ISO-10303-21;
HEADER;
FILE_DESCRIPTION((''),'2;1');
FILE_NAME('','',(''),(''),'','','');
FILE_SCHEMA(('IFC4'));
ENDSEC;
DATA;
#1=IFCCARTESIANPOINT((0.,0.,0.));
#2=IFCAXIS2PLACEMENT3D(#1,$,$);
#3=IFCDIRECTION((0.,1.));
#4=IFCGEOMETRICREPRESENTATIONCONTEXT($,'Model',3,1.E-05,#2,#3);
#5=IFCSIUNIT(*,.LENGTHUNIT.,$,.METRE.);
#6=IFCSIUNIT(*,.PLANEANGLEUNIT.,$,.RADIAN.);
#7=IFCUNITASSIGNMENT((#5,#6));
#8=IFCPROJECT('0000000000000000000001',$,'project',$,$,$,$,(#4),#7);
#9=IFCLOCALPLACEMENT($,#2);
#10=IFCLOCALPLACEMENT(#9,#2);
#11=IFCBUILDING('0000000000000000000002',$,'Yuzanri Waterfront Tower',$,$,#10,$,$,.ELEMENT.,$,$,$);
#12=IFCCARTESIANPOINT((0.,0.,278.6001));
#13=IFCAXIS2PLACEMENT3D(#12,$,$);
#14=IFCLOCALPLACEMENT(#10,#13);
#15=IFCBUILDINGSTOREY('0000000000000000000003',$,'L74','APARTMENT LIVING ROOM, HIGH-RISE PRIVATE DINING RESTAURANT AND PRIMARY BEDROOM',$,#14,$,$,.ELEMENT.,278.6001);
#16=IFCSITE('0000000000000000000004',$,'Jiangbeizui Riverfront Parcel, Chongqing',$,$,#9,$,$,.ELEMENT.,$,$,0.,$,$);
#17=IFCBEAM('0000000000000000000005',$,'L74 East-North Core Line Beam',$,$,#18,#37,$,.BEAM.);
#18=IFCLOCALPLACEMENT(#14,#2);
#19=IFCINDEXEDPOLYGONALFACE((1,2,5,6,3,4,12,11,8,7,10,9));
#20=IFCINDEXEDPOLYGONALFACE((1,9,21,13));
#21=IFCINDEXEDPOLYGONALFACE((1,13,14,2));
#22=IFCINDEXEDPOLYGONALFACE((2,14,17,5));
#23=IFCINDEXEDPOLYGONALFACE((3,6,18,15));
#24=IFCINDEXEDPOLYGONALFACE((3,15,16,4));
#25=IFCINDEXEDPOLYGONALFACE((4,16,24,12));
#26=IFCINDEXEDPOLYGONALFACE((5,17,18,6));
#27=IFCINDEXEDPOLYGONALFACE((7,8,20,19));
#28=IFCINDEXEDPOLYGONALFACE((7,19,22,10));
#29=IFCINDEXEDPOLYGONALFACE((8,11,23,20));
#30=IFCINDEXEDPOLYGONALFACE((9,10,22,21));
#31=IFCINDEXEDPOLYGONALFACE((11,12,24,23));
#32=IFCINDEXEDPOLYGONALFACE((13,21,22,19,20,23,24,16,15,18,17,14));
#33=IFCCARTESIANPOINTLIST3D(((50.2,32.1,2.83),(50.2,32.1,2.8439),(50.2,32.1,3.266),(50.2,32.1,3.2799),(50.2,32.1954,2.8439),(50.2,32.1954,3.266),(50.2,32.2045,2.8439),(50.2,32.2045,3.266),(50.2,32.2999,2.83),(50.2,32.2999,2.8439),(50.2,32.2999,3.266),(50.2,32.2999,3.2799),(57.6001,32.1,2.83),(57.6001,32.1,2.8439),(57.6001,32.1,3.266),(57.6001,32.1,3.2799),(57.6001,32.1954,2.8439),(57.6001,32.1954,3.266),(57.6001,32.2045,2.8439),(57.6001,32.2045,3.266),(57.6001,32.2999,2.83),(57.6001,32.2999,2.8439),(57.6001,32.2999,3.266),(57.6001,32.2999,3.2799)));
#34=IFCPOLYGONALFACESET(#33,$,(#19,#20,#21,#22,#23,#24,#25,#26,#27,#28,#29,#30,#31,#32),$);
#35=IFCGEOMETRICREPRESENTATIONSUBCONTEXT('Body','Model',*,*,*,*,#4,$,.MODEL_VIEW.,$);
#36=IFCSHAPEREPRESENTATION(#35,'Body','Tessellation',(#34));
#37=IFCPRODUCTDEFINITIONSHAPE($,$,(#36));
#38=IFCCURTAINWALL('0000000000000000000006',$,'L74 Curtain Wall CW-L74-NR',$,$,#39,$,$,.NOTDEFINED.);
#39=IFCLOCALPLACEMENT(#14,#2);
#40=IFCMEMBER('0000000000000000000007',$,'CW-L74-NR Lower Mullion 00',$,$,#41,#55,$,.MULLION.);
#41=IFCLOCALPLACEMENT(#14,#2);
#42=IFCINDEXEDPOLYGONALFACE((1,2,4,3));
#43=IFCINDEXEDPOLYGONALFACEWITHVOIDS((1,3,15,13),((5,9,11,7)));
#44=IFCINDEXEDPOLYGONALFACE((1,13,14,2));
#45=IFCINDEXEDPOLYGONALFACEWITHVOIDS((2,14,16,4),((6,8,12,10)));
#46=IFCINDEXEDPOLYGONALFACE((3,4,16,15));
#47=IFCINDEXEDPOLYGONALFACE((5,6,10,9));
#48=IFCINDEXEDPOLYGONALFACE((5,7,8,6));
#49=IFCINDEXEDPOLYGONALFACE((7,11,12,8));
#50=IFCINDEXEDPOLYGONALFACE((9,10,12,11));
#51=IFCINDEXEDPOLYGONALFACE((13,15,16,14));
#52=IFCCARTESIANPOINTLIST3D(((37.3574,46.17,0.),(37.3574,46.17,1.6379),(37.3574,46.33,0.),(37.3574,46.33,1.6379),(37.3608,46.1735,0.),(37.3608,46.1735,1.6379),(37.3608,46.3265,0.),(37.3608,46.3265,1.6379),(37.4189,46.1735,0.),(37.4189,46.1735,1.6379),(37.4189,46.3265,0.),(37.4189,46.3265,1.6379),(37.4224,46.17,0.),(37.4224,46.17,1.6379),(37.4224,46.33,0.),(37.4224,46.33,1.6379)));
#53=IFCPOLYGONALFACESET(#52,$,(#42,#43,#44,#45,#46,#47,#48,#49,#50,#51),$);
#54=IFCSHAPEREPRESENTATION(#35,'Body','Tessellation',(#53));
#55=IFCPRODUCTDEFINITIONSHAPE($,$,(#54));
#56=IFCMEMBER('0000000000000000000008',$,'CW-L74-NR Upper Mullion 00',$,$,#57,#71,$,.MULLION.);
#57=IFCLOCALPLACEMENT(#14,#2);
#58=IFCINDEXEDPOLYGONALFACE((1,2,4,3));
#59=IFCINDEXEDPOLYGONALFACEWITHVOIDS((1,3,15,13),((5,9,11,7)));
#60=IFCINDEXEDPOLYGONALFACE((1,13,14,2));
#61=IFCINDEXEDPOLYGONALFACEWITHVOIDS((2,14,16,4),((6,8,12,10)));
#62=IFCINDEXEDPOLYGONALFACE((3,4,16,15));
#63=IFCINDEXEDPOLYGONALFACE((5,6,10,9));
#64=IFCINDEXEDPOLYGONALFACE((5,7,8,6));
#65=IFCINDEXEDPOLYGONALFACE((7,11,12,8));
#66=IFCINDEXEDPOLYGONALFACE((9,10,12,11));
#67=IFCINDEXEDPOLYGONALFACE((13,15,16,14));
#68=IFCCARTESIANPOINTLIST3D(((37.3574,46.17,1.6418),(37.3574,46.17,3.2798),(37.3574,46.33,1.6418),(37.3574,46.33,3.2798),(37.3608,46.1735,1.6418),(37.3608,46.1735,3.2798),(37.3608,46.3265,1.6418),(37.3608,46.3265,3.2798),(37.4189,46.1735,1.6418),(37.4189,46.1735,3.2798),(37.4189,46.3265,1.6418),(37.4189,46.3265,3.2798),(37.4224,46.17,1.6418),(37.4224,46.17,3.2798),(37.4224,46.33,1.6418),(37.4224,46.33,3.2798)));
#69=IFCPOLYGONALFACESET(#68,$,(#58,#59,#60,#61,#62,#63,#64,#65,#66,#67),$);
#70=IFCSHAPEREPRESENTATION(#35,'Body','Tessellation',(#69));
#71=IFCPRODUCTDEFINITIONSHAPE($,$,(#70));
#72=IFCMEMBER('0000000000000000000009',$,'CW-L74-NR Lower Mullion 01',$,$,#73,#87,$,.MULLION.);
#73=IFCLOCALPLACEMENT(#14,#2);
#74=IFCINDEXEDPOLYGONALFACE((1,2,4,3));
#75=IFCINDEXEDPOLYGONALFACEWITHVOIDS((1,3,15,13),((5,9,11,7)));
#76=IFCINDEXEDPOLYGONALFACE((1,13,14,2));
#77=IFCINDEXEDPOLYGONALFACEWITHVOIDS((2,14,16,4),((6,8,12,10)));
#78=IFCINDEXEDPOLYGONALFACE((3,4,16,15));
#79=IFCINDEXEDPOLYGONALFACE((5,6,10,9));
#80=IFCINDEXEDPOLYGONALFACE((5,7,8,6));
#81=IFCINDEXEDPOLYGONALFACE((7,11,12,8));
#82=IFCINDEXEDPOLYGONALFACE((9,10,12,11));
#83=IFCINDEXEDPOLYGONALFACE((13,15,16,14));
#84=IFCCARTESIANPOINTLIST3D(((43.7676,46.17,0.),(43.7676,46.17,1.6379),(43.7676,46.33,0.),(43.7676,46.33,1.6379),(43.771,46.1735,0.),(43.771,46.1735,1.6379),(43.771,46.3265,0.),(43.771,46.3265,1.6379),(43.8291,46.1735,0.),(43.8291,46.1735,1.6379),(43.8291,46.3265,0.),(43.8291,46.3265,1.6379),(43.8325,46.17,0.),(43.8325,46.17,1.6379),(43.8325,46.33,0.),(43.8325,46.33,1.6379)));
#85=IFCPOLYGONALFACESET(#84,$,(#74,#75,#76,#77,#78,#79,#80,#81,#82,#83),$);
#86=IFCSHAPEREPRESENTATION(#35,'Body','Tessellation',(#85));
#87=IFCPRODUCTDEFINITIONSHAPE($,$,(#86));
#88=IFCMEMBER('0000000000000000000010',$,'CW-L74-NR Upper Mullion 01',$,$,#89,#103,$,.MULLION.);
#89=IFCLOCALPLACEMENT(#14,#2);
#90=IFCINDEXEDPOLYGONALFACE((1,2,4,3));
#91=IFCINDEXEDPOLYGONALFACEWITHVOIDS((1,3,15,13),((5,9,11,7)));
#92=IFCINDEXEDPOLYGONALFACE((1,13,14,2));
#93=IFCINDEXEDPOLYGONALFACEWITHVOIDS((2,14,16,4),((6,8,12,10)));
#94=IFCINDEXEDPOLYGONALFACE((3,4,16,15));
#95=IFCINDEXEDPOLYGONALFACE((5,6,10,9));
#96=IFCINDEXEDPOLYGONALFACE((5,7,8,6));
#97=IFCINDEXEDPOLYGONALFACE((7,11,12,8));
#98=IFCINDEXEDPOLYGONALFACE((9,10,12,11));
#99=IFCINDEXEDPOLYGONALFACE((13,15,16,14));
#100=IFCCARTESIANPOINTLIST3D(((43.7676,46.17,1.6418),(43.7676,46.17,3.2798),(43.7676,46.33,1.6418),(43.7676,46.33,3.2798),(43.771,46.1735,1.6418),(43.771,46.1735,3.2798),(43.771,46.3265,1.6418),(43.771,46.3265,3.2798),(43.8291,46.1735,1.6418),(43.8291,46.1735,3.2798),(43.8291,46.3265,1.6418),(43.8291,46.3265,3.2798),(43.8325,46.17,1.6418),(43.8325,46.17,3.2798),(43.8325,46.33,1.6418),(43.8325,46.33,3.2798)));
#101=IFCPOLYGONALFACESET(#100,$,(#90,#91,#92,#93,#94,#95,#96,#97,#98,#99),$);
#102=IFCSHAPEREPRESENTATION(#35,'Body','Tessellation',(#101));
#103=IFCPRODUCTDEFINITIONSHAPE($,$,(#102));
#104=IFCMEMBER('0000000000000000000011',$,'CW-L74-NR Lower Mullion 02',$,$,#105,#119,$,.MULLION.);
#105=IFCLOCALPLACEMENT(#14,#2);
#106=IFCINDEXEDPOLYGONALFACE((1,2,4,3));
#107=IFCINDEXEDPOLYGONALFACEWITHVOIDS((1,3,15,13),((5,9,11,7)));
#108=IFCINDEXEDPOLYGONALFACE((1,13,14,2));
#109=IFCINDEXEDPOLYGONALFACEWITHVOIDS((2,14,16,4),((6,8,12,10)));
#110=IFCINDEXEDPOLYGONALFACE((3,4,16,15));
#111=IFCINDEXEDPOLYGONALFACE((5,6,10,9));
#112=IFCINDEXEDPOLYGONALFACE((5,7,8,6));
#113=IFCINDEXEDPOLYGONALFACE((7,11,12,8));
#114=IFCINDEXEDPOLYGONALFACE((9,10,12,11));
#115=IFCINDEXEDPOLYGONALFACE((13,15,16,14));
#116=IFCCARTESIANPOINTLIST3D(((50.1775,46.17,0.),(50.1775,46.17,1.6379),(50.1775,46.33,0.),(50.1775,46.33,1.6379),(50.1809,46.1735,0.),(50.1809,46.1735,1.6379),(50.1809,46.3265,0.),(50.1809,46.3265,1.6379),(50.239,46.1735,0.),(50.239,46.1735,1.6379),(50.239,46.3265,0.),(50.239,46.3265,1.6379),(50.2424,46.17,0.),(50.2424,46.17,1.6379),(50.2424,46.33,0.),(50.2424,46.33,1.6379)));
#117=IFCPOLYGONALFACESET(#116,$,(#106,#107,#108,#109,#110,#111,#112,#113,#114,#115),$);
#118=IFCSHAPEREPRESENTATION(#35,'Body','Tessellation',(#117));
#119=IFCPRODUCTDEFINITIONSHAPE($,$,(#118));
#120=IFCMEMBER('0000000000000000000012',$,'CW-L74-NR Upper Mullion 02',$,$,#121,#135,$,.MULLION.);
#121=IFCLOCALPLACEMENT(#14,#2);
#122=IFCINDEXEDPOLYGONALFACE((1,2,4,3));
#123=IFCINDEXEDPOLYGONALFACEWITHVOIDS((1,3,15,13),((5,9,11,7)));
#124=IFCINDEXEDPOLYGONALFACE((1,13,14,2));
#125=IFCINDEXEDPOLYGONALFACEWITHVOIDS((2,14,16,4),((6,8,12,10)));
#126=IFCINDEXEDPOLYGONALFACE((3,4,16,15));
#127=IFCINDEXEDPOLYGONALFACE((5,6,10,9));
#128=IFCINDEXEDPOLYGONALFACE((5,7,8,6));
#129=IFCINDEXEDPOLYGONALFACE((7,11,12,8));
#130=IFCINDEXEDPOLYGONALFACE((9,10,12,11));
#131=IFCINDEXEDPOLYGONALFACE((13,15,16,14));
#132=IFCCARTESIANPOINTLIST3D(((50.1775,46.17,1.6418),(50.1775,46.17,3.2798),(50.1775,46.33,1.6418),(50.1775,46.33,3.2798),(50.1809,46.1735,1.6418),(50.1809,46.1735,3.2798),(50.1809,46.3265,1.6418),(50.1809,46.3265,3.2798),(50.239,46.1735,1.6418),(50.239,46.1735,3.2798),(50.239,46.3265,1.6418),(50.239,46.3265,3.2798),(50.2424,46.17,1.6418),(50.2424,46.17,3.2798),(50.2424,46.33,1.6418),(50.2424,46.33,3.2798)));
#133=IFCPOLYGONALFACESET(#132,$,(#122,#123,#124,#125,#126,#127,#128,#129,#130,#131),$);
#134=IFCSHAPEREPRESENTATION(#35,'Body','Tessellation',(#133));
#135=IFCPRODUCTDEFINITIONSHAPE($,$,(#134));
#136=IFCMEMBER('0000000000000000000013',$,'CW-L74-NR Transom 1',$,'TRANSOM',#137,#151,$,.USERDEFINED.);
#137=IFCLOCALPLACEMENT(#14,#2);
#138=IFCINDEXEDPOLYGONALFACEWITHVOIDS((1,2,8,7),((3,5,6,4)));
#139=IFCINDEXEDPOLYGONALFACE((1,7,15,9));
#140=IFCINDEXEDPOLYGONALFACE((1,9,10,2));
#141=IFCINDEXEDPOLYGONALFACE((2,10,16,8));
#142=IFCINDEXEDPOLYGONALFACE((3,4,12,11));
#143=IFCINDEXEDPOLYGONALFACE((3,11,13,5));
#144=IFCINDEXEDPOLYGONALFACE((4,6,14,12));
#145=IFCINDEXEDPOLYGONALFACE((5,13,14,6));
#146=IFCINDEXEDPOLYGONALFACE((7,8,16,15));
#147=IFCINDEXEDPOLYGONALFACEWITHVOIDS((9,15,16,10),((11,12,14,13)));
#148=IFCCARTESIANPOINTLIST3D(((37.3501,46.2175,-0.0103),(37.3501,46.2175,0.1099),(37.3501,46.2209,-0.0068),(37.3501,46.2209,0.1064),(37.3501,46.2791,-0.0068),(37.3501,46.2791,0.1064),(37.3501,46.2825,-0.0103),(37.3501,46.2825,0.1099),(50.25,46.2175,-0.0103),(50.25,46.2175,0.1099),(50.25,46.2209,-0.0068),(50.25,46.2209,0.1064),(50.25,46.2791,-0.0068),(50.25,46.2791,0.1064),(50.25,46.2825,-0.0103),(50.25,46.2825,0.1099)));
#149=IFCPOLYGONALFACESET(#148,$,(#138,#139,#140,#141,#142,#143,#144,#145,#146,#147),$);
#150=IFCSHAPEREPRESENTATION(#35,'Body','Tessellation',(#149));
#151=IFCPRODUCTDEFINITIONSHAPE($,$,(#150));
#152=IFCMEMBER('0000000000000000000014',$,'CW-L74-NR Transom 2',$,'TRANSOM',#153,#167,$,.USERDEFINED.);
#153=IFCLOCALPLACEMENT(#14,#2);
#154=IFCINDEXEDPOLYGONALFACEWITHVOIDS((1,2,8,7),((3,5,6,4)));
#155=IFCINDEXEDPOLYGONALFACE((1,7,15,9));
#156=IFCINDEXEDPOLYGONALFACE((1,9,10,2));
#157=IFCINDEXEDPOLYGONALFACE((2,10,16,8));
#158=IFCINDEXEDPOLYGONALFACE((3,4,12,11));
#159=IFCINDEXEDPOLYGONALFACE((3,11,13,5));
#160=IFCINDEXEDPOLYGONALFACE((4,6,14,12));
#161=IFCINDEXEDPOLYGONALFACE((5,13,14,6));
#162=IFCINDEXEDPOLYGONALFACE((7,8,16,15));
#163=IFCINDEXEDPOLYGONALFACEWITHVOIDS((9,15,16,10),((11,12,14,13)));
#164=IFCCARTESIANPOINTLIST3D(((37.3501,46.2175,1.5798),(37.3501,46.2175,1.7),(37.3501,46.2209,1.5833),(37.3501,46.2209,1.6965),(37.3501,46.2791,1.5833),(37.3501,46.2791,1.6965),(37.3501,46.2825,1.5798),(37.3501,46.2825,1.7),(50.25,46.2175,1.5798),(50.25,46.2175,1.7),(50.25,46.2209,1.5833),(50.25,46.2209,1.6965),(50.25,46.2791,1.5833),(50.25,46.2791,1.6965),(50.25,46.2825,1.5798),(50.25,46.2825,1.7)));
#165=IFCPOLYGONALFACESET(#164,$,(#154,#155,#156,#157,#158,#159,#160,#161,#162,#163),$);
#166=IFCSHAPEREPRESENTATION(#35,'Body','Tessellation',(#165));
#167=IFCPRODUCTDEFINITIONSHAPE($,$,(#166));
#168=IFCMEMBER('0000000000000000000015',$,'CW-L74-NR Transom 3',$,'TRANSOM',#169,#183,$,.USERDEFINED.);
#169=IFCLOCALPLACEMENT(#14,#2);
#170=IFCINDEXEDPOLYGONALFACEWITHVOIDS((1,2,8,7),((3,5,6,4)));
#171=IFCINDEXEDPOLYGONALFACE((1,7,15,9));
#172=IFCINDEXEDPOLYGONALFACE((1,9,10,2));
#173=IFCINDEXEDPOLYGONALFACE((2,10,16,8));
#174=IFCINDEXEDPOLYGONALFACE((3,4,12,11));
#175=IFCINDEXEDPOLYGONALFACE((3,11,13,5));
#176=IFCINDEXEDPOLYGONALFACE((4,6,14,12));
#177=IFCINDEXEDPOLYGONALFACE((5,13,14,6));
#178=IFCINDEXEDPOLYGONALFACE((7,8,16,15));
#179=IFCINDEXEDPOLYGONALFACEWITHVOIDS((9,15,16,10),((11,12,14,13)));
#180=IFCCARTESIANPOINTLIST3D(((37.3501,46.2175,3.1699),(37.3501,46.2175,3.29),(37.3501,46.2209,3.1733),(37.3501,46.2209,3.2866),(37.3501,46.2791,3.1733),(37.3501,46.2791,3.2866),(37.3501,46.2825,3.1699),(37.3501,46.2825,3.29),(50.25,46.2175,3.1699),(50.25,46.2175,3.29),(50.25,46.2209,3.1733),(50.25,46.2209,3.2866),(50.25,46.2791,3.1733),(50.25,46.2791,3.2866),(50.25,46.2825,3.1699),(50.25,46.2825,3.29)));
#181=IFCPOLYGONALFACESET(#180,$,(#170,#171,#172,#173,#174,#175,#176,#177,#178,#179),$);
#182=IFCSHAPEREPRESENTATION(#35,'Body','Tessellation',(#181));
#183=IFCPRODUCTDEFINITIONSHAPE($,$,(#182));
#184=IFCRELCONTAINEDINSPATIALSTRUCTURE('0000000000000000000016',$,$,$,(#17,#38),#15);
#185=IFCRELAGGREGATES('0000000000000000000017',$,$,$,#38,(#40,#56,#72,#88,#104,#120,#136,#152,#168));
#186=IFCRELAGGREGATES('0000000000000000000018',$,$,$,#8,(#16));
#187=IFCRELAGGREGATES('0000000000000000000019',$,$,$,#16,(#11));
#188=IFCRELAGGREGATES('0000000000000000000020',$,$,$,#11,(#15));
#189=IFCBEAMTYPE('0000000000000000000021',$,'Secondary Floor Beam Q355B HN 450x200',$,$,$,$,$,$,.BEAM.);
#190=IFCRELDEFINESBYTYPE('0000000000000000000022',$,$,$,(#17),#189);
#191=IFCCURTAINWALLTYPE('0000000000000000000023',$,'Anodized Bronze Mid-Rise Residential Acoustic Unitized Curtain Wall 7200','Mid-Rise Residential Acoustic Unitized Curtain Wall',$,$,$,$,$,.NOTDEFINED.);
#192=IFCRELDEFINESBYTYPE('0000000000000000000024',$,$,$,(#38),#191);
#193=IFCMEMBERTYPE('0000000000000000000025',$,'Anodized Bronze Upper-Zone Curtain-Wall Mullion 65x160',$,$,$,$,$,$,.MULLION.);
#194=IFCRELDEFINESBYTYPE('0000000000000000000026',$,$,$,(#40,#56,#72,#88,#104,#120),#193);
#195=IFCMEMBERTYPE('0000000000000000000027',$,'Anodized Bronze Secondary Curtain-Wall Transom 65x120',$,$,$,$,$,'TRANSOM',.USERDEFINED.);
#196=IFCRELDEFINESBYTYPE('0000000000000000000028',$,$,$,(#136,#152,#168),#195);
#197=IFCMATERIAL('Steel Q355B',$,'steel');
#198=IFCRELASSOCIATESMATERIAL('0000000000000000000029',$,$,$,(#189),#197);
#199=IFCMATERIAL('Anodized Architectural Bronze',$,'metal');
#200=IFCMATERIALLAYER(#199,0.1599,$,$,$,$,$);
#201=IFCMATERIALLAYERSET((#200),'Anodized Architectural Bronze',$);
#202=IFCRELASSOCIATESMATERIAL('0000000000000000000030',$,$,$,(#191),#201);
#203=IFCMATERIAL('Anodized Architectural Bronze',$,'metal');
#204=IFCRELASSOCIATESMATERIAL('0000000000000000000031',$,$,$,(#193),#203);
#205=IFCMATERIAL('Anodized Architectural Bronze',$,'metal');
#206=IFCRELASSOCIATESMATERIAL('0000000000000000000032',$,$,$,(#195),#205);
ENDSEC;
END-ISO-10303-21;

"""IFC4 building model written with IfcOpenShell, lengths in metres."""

from ifc_helpers import new_model, si_unit, direction, frame, origin, origin_2d, place, context, subcontext, project, spatial, hollow_rectangle, i_section, extrude, source, transform, mapped, material, layer, layer_set, material_profile, profile_set, type_object, element, aggregate, save


model = new_model("IFC4")

# Units and contexts
model_context = context("Model", 3, precision=1e-05, world=origin(), true_north=direction((0.0, 1.0)))
body_context = subcontext(model_context, "Body", "Model", "MODEL_VIEW")
ifc_project = project(units=[si_unit("LENGTHUNIT", "METRE"), si_unit("PLANEANGLEUNIT", "RADIAN")], contexts=[model_context])

# Site, building, storey
site_placement = place(None, origin())
site = spatial("IfcSite", under=ifc_project, at=site_placement, Name="Jiangbeizui Riverfront Parcel, Chongqing", CompositionType="ELEMENT", RefElevation=0.0)
building_placement = place(site_placement, origin())
building = spatial("IfcBuilding", under=site, at=building_placement, Name="Yuzanri Waterfront Tower", CompositionType="ELEMENT")
storey_placement = place(building_placement, frame((0.0, 0.0, 278.6001)))
storey = spatial("IfcBuildingStorey", under=building, at=storey_placement, Name="L74", Description="APARTMENT LIVING ROOM, HIGH-RISE PRIVATE DINING RESTAURANT AND PRIMARY BEDROOM", CompositionType="ELEMENT", Elevation=278.6001)

# Beam
ifc_material_1 = material(Name="Steel Q355B", Category="steel")
ifc_material_profile_1 = material_profile(ifc_material_1, i_section(OverallWidth=0.2, OverallDepth=0.45, WebThickness=0.009, FlangeThickness=0.0139, at=origin_2d()), Name="HN 450x200x9x14")
ifc_profile_set_1 = profile_set([ifc_material_profile_1], Name="Steel Q355B")
beam_type = type_object("IfcBeamType", Name="Secondary Floor Beam Q355B HN 450x200", PredefinedType="BEAM", material=ifc_profile_set_1)
shared_shape_1 = source(origin(), body_context, "Body", "SweptSolid", [
    extrude(i_section(OverallWidth=0.2, OverallDepth=0.45, WebThickness=0.009, FlangeThickness=0.0139, at=origin_2d()), origin(), (0.0, 0.0, 1.0), 7.4001),
])
beam_placement = place(storey_placement, frame((50.2, 32.2, 3.0549), z_axis=(1.0, 0.0, 0.0), x_axis=(0.0, 1.0, 0.0)))
element("IfcBeam", 1, at=beam_placement, inside=storey, type_object=beam_type, Name="L74 East-North Core Line Beam", PredefinedType="BEAM", context=body_context, shape_type="MappedRepresentation", body=[
    mapped(shared_shape_1, transform((0.0, 0.0, 0.0), scale=1.0)),
])

# Curtain wall, members
ifc_material_2 = material(Name="Anodized Architectural Bronze", Category="metal")
ifc_layer_1 = layer(ifc_material_2, 0.1599)
ifc_layer_set_1 = layer_set([ifc_layer_1], Name="Anodized Architectural Bronze")
curtain_wall_type = type_object("IfcCurtainWallType", Name="Anodized Bronze Mid-Rise Residential Acoustic Unitized Curtain Wall 7200", Description="Mid-Rise Residential Acoustic Unitized Curtain Wall", PredefinedType="NOTDEFINED", material=ifc_layer_set_1)
curtain_wall_placement = place(storey_placement, origin())
curtain_wall = element("IfcCurtainWall", 2, at=curtain_wall_placement, inside=storey, type_object=curtain_wall_type, Name="L74 Curtain Wall CW-L74-NR", PredefinedType="NOTDEFINED")
ifc_material_3 = material(Name="Anodized Architectural Bronze", Category="metal")
ifc_material_profile_2 = material_profile(ifc_material_3, hollow_rectangle(XDim=0.0649, YDim=0.1599, WallThickness=0.0034, at=origin_2d()), Name="CWM 65x160")
ifc_profile_set_2 = profile_set([ifc_material_profile_2], Name="Anodized Architectural Bronze")
member_type_1 = type_object("IfcMemberType", Name="Anodized Bronze Upper-Zone Curtain-Wall Mullion 65x160", PredefinedType="MULLION", material=ifc_profile_set_2)
shared_shape_2 = source(origin(), body_context, "Body", "SweptSolid", [
    extrude(hollow_rectangle(XDim=0.0649, YDim=0.1599, WallThickness=0.0034, at=origin_2d()), origin(), (0.0, 0.0, 1.0), 1.6379),
])
member_1_placement = place(storey_placement, frame((37.3899, 46.25, 0.0), z_axis=(0.0, 0.0, 1.0), x_axis=(1.0, 0.0, 0.0)))
member_1 = element("IfcMember", 3, at=member_1_placement, type_object=member_type_1, Name="CW-L74-NR Lower Mullion 00", PredefinedType="MULLION", context=body_context, shape_type="MappedRepresentation", body=[
    mapped(shared_shape_2, transform((0.0, 0.0, 0.0), scale=1.0)),
])
member_2_placement = place(storey_placement, frame((37.3899, 46.25, 1.6418), z_axis=(0.0, 0.0, 1.0), x_axis=(1.0, 0.0, 0.0)))
member_2 = element("IfcMember", 4, at=member_2_placement, type_object=member_type_1, Name="CW-L74-NR Upper Mullion 00", PredefinedType="MULLION", context=body_context, shape_type="MappedRepresentation", body=[
    mapped(shared_shape_2, transform((0.0, 0.0, 0.0), scale=1.0)),
])
member_3_placement = place(storey_placement, frame((43.8, 46.25, 0.0), z_axis=(0.0, 0.0, 1.0), x_axis=(1.0, 0.0, 0.0)))
member_3 = element("IfcMember", 5, at=member_3_placement, type_object=member_type_1, Name="CW-L74-NR Lower Mullion 01", PredefinedType="MULLION", context=body_context, shape_type="MappedRepresentation", body=[
    mapped(shared_shape_2, transform((0.0, 0.0, 0.0), scale=1.0)),
])
member_4_placement = place(storey_placement, frame((43.8, 46.25, 1.6418), z_axis=(0.0, 0.0, 1.0), x_axis=(1.0, 0.0, 0.0)))
member_4 = element("IfcMember", 6, at=member_4_placement, type_object=member_type_1, Name="CW-L74-NR Upper Mullion 01", PredefinedType="MULLION", context=body_context, shape_type="MappedRepresentation", body=[
    mapped(shared_shape_2, transform((0.0, 0.0, 0.0), scale=1.0)),
])
member_5_placement = place(storey_placement, frame((50.21, 46.25, 0.0), z_axis=(0.0, 0.0, 1.0), x_axis=(1.0, 0.0, 0.0)))
member_5 = element("IfcMember", 7, at=member_5_placement, type_object=member_type_1, Name="CW-L74-NR Lower Mullion 02", PredefinedType="MULLION", context=body_context, shape_type="MappedRepresentation", body=[
    mapped(shared_shape_2, transform((0.0, 0.0, 0.0), scale=1.0)),
])
member_6_placement = place(storey_placement, frame((50.21, 46.25, 1.6418), z_axis=(0.0, 0.0, 1.0), x_axis=(1.0, 0.0, 0.0)))
member_6 = element("IfcMember", 8, at=member_6_placement, type_object=member_type_1, Name="CW-L74-NR Upper Mullion 02", PredefinedType="MULLION", context=body_context, shape_type="MappedRepresentation", body=[
    mapped(shared_shape_2, transform((0.0, 0.0, 0.0), scale=1.0)),
])
ifc_material_4 = material(Name="Anodized Architectural Bronze", Category="metal")
ifc_material_profile_3 = material_profile(ifc_material_4, hollow_rectangle(XDim=0.0649, YDim=0.1201, WallThickness=0.0034, at=origin_2d()), Name="CWT 65x120")
ifc_profile_set_3 = profile_set([ifc_material_profile_3], Name="Anodized Architectural Bronze")
member_type_2 = type_object("IfcMemberType", Name="Anodized Bronze Secondary Curtain-Wall Transom 65x120", ElementType="TRANSOM", PredefinedType="USERDEFINED", material=ifc_profile_set_3)
shared_shape_3 = source(origin(), body_context, "Body", "SweptSolid", [
    extrude(hollow_rectangle(XDim=0.0649, YDim=0.1201, WallThickness=0.0034, at=origin_2d()), origin(), (0.0, 0.0, 1.0), 12.8999),
])
member_7_placement = place(storey_placement, frame((37.3501, 46.25, 0.0498), z_axis=(1.0, 0.0, 0.0), x_axis=(0.0, 1.0, 0.0)))
member_7 = element("IfcMember", 9, at=member_7_placement, type_object=member_type_2, Name="CW-L74-NR Transom 1", ObjectType="TRANSOM", PredefinedType="USERDEFINED", context=body_context, shape_type="MappedRepresentation", body=[
    mapped(shared_shape_3, transform((0.0, 0.0, 0.0), scale=1.0)),
])
member_8_placement = place(storey_placement, frame((37.3501, 46.25, 1.6399), z_axis=(1.0, 0.0, 0.0), x_axis=(0.0, 1.0, 0.0)))
member_8 = element("IfcMember", 10, at=member_8_placement, type_object=member_type_2, Name="CW-L74-NR Transom 2", ObjectType="TRANSOM", PredefinedType="USERDEFINED", context=body_context, shape_type="MappedRepresentation", body=[
    mapped(shared_shape_3, transform((0.0, 0.0, 0.0), scale=1.0)),
])
member_9_placement = place(storey_placement, frame((37.3501, 46.25, 3.23), z_axis=(1.0, 0.0, 0.0), x_axis=(0.0, 1.0, 0.0)))
member_9 = element("IfcMember", 11, at=member_9_placement, type_object=member_type_2, Name="CW-L74-NR Transom 3", ObjectType="TRANSOM", PredefinedType="USERDEFINED", context=body_context, shape_type="MappedRepresentation", body=[
    mapped(shared_shape_3, transform((0.0, 0.0, 0.0), scale=1.0)),
])
aggregate(curtain_wall, [member_1, member_2, member_3, member_4, member_5, member_6, member_7, member_8, member_9])

save(model, "model.ifc")
